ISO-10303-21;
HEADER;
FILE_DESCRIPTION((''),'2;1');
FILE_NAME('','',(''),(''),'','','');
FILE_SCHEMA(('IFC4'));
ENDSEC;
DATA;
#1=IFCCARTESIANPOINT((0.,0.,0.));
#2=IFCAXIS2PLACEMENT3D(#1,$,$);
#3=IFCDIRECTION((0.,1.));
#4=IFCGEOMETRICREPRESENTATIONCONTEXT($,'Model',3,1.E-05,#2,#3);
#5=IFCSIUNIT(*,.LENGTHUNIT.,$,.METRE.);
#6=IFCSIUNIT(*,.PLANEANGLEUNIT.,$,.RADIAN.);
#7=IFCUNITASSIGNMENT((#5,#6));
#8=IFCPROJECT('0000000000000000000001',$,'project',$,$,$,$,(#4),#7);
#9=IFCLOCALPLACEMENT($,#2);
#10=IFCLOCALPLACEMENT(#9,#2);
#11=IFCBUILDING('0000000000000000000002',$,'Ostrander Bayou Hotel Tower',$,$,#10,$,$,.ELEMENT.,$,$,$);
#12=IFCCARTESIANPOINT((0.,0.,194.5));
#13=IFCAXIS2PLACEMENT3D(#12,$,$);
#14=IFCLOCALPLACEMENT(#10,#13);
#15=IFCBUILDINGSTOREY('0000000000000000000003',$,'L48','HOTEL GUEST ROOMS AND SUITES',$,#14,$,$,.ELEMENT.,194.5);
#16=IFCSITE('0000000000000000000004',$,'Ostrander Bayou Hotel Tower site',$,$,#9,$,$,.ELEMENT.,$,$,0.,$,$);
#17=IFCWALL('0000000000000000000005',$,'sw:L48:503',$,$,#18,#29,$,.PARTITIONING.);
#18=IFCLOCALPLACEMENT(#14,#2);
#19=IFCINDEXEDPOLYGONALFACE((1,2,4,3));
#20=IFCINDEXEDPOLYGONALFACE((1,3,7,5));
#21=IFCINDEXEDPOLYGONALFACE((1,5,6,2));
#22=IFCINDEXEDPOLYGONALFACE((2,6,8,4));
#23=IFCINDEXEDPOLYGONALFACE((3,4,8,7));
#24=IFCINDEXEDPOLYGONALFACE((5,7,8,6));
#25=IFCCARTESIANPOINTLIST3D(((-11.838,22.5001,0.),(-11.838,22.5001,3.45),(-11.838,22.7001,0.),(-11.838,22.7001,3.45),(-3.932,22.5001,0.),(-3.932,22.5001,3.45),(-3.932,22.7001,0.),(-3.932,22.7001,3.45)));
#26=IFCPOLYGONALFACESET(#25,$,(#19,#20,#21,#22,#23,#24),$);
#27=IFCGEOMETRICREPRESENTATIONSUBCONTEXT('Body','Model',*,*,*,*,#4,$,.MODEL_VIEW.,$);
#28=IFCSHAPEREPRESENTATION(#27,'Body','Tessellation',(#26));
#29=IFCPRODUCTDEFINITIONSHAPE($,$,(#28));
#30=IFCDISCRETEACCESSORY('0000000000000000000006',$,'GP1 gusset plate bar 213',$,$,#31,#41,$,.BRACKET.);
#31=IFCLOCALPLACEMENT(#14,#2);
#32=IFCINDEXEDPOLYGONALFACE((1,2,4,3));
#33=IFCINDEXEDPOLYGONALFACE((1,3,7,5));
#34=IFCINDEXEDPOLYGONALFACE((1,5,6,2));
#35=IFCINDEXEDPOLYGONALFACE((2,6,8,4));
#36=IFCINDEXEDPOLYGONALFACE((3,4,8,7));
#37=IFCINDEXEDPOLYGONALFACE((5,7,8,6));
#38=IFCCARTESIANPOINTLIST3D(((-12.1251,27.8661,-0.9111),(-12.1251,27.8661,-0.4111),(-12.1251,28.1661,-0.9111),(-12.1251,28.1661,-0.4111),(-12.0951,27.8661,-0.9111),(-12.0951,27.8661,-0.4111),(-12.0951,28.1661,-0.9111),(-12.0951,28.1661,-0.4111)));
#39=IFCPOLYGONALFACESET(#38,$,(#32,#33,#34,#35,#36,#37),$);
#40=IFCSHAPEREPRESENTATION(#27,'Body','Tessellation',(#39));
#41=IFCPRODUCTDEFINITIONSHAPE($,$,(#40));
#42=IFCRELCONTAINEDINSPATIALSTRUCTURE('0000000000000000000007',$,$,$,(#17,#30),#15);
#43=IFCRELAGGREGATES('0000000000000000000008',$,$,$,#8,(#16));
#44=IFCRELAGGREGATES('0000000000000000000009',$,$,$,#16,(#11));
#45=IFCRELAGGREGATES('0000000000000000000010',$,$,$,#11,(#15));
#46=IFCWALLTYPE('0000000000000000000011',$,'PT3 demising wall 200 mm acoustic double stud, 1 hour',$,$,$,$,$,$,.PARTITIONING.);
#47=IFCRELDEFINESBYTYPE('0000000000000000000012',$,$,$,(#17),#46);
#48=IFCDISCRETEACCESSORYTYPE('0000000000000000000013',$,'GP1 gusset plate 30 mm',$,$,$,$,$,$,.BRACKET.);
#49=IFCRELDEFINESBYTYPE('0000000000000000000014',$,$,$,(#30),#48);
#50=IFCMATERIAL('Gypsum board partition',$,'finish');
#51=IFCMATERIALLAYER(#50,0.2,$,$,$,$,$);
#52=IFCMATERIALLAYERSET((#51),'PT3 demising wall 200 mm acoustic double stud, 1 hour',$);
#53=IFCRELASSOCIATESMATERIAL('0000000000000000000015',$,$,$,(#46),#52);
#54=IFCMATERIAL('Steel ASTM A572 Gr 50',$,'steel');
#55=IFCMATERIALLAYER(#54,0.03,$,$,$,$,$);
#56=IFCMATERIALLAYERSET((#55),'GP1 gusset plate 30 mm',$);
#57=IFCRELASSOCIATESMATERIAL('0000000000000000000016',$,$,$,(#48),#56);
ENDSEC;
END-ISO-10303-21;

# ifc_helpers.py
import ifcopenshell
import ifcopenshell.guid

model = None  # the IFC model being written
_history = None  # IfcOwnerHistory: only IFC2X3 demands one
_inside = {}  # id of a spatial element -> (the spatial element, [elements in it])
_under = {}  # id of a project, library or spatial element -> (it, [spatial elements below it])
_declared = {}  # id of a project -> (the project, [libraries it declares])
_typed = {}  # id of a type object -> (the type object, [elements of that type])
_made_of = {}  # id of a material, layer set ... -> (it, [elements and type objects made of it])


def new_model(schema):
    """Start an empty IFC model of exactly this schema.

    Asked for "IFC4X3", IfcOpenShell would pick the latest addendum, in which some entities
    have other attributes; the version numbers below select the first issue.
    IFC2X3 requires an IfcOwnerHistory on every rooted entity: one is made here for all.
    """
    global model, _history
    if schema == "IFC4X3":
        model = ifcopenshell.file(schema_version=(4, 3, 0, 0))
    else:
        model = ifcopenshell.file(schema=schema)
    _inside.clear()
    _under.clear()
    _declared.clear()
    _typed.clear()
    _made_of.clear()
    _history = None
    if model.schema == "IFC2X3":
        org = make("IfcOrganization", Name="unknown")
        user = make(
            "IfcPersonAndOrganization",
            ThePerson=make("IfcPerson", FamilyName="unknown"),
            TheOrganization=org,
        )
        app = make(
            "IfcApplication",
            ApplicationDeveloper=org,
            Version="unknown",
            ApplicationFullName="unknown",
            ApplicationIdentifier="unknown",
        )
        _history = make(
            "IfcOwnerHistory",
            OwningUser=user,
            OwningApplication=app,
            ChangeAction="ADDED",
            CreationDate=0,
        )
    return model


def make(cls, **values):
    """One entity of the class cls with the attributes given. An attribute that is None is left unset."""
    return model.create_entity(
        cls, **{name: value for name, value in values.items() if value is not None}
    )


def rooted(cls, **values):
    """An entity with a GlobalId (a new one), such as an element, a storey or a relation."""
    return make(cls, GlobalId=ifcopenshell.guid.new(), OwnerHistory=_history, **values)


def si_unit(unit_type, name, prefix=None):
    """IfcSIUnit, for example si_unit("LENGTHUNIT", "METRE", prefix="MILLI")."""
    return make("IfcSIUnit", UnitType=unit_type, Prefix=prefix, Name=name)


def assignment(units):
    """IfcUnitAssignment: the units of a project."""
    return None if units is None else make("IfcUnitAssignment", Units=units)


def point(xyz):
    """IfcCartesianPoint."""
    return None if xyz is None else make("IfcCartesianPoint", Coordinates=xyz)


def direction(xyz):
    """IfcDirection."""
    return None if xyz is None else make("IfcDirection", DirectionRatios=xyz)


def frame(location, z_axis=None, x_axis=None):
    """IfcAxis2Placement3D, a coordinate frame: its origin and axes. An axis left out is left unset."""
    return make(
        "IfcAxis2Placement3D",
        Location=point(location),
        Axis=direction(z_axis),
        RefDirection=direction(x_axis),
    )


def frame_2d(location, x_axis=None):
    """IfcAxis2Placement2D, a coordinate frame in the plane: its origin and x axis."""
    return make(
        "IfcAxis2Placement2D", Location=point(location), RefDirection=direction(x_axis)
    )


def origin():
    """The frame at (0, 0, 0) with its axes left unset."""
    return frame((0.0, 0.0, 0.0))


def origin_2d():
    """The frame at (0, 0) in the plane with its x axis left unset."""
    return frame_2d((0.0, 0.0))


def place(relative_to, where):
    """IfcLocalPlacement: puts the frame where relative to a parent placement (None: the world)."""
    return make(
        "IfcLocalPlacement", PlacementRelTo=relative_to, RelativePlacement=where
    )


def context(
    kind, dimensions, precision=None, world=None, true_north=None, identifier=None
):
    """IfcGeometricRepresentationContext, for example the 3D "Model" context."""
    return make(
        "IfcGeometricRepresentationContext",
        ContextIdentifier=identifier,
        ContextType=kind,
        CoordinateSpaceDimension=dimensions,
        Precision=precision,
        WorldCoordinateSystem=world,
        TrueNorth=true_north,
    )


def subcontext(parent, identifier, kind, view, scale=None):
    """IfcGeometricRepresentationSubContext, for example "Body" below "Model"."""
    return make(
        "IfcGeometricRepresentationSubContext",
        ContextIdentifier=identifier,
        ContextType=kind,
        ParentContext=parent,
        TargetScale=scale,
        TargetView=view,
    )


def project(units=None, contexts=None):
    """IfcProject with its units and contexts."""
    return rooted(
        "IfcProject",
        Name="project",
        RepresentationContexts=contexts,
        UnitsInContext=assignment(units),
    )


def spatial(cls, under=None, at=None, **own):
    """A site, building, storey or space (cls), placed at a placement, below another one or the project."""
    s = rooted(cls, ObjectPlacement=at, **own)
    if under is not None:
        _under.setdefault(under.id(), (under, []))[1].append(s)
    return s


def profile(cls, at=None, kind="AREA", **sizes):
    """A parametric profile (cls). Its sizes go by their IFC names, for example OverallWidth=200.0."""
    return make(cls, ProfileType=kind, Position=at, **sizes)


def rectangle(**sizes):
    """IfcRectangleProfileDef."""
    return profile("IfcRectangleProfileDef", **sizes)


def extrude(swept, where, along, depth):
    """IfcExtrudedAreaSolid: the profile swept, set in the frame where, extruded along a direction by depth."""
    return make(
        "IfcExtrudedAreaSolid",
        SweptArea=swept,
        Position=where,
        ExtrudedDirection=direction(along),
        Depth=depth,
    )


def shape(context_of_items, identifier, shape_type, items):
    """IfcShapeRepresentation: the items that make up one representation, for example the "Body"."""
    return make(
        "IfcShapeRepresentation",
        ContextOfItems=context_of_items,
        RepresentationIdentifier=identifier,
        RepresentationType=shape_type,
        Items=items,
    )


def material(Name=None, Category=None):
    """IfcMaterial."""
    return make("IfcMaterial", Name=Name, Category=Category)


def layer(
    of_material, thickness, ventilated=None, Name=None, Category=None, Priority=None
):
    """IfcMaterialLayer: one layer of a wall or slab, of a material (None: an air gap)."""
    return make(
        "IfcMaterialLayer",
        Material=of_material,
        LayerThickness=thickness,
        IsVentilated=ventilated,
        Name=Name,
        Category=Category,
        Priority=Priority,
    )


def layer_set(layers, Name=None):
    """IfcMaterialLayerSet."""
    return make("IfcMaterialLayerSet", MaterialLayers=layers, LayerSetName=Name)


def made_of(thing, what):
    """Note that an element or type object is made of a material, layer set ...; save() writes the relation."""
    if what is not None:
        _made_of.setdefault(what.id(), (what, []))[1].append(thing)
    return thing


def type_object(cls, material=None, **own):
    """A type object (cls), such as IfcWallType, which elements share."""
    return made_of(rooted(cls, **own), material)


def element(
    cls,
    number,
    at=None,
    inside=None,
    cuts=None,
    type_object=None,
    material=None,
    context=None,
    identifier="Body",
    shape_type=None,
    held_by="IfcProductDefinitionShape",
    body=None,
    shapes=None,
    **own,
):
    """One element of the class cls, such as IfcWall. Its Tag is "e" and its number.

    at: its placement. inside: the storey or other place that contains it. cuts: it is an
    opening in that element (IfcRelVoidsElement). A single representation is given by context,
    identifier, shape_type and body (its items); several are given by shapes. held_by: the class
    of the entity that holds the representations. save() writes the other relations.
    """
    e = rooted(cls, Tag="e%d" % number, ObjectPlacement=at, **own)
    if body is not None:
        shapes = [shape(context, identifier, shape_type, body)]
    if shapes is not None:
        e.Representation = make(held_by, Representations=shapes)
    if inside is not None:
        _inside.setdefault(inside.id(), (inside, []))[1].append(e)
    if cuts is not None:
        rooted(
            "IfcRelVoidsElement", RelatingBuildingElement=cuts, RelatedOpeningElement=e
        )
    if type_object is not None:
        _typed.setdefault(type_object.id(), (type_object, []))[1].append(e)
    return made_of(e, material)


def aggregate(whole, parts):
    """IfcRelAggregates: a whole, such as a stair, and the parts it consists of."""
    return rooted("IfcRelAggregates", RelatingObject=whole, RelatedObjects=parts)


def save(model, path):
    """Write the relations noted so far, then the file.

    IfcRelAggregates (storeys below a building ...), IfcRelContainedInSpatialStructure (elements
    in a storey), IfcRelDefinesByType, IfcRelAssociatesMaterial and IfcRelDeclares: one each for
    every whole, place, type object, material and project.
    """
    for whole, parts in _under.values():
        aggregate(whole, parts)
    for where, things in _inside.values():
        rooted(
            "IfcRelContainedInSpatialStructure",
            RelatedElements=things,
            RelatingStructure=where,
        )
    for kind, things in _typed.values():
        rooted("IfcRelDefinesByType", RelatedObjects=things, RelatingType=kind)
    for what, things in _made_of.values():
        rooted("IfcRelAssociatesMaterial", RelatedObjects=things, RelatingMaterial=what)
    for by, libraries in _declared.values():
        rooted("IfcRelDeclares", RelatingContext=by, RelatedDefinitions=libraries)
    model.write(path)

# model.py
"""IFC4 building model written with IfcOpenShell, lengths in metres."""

from ifc_helpers import new_model, si_unit, direction, frame, frame_2d, origin, origin_2d, place, context, subcontext, project, spatial, rectangle, extrude, material, layer, layer_set, type_object, element, save


model = new_model("IFC4")

# Units and contexts
model_context = context("Model", 3, precision=1e-05, world=origin(), true_north=direction((0.0, 1.0)))
body_context = subcontext(model_context, "Body", "Model", "MODEL_VIEW")
ifc_project = project(units=[si_unit("LENGTHUNIT", "METRE"), si_unit("PLANEANGLEUNIT", "RADIAN")], contexts=[model_context])

# Site, building, storey
site_placement = place(None, origin())
site = spatial("IfcSite", under=ifc_project, at=site_placement, Name="Ostrander Bayou Hotel Tower site", CompositionType="ELEMENT", RefElevation=0.0)
building_placement = place(site_placement, origin())
building = spatial("IfcBuilding", under=site, at=building_placement, Name="Ostrander Bayou Hotel Tower", CompositionType="ELEMENT")
storey_placement = place(building_placement, frame((0.0, 0.0, 194.5)))
storey = spatial("IfcBuildingStorey", under=building, at=storey_placement, Name="L48", Description="HOTEL GUEST ROOMS AND SUITES", CompositionType="ELEMENT", Elevation=194.5)

# Wall
ifc_material_1 = material(Name="Gypsum board partition", Category="finish")
ifc_layer_1 = layer(ifc_material_1, 0.2)
ifc_layer_set_1 = layer_set([ifc_layer_1], Name="PT3 demising wall 200 mm acoustic double stud, 1 hour")
wall_type = type_object("IfcWallType", Name="PT3 demising wall 200 mm acoustic double stud, 1 hour", PredefinedType="PARTITIONING", material=ifc_layer_set_1)
wall_placement = place(storey_placement, frame((-11.8381, 22.6001, 0.0), z_axis=(0.0, 0.0, 1.0), x_axis=(1.0, 0.0, 0.0)))
element("IfcWall", 1, at=wall_placement, inside=storey, type_object=wall_type, Name="sw:L48:503", PredefinedType="PARTITIONING", context=body_context, shape_type="SweptSolid", body=[
    extrude(rectangle(XDim=7.906, YDim=0.2, at=frame_2d((3.9531, 0.0))), origin(), (0.0, 0.0, 1.0), 3.45),
])

# Discrete accessory
ifc_material_2 = material(Name="Steel ASTM A572 Gr 50", Category="steel")
ifc_layer_2 = layer(ifc_material_2, 0.03)
ifc_layer_set_2 = layer_set([ifc_layer_2], Name="GP1 gusset plate 30 mm")
discrete_accessory_type = type_object("IfcDiscreteAccessoryType", Name="GP1 gusset plate 30 mm", PredefinedType="BRACKET", material=ifc_layer_set_2)
discrete_accessory_placement = place(storey_placement, frame((-12.1101, 28.0161, -0.9111), z_axis=(0.0, 0.0, 1.0), x_axis=(0.0, -1.0, 0.0)))
element("IfcDiscreteAccessory", 2, at=discrete_accessory_placement, inside=storey, type_object=discrete_accessory_type, Name="GP1 gusset plate bar 213", PredefinedType="BRACKET", context=body_context, shape_type="SweptSolid", body=[
    extrude(rectangle(XDim=0.3, YDim=0.03, at=origin_2d()), origin(), (0.0, 0.0, 1.0), 0.5),
])

save(model, "model.ifc")
